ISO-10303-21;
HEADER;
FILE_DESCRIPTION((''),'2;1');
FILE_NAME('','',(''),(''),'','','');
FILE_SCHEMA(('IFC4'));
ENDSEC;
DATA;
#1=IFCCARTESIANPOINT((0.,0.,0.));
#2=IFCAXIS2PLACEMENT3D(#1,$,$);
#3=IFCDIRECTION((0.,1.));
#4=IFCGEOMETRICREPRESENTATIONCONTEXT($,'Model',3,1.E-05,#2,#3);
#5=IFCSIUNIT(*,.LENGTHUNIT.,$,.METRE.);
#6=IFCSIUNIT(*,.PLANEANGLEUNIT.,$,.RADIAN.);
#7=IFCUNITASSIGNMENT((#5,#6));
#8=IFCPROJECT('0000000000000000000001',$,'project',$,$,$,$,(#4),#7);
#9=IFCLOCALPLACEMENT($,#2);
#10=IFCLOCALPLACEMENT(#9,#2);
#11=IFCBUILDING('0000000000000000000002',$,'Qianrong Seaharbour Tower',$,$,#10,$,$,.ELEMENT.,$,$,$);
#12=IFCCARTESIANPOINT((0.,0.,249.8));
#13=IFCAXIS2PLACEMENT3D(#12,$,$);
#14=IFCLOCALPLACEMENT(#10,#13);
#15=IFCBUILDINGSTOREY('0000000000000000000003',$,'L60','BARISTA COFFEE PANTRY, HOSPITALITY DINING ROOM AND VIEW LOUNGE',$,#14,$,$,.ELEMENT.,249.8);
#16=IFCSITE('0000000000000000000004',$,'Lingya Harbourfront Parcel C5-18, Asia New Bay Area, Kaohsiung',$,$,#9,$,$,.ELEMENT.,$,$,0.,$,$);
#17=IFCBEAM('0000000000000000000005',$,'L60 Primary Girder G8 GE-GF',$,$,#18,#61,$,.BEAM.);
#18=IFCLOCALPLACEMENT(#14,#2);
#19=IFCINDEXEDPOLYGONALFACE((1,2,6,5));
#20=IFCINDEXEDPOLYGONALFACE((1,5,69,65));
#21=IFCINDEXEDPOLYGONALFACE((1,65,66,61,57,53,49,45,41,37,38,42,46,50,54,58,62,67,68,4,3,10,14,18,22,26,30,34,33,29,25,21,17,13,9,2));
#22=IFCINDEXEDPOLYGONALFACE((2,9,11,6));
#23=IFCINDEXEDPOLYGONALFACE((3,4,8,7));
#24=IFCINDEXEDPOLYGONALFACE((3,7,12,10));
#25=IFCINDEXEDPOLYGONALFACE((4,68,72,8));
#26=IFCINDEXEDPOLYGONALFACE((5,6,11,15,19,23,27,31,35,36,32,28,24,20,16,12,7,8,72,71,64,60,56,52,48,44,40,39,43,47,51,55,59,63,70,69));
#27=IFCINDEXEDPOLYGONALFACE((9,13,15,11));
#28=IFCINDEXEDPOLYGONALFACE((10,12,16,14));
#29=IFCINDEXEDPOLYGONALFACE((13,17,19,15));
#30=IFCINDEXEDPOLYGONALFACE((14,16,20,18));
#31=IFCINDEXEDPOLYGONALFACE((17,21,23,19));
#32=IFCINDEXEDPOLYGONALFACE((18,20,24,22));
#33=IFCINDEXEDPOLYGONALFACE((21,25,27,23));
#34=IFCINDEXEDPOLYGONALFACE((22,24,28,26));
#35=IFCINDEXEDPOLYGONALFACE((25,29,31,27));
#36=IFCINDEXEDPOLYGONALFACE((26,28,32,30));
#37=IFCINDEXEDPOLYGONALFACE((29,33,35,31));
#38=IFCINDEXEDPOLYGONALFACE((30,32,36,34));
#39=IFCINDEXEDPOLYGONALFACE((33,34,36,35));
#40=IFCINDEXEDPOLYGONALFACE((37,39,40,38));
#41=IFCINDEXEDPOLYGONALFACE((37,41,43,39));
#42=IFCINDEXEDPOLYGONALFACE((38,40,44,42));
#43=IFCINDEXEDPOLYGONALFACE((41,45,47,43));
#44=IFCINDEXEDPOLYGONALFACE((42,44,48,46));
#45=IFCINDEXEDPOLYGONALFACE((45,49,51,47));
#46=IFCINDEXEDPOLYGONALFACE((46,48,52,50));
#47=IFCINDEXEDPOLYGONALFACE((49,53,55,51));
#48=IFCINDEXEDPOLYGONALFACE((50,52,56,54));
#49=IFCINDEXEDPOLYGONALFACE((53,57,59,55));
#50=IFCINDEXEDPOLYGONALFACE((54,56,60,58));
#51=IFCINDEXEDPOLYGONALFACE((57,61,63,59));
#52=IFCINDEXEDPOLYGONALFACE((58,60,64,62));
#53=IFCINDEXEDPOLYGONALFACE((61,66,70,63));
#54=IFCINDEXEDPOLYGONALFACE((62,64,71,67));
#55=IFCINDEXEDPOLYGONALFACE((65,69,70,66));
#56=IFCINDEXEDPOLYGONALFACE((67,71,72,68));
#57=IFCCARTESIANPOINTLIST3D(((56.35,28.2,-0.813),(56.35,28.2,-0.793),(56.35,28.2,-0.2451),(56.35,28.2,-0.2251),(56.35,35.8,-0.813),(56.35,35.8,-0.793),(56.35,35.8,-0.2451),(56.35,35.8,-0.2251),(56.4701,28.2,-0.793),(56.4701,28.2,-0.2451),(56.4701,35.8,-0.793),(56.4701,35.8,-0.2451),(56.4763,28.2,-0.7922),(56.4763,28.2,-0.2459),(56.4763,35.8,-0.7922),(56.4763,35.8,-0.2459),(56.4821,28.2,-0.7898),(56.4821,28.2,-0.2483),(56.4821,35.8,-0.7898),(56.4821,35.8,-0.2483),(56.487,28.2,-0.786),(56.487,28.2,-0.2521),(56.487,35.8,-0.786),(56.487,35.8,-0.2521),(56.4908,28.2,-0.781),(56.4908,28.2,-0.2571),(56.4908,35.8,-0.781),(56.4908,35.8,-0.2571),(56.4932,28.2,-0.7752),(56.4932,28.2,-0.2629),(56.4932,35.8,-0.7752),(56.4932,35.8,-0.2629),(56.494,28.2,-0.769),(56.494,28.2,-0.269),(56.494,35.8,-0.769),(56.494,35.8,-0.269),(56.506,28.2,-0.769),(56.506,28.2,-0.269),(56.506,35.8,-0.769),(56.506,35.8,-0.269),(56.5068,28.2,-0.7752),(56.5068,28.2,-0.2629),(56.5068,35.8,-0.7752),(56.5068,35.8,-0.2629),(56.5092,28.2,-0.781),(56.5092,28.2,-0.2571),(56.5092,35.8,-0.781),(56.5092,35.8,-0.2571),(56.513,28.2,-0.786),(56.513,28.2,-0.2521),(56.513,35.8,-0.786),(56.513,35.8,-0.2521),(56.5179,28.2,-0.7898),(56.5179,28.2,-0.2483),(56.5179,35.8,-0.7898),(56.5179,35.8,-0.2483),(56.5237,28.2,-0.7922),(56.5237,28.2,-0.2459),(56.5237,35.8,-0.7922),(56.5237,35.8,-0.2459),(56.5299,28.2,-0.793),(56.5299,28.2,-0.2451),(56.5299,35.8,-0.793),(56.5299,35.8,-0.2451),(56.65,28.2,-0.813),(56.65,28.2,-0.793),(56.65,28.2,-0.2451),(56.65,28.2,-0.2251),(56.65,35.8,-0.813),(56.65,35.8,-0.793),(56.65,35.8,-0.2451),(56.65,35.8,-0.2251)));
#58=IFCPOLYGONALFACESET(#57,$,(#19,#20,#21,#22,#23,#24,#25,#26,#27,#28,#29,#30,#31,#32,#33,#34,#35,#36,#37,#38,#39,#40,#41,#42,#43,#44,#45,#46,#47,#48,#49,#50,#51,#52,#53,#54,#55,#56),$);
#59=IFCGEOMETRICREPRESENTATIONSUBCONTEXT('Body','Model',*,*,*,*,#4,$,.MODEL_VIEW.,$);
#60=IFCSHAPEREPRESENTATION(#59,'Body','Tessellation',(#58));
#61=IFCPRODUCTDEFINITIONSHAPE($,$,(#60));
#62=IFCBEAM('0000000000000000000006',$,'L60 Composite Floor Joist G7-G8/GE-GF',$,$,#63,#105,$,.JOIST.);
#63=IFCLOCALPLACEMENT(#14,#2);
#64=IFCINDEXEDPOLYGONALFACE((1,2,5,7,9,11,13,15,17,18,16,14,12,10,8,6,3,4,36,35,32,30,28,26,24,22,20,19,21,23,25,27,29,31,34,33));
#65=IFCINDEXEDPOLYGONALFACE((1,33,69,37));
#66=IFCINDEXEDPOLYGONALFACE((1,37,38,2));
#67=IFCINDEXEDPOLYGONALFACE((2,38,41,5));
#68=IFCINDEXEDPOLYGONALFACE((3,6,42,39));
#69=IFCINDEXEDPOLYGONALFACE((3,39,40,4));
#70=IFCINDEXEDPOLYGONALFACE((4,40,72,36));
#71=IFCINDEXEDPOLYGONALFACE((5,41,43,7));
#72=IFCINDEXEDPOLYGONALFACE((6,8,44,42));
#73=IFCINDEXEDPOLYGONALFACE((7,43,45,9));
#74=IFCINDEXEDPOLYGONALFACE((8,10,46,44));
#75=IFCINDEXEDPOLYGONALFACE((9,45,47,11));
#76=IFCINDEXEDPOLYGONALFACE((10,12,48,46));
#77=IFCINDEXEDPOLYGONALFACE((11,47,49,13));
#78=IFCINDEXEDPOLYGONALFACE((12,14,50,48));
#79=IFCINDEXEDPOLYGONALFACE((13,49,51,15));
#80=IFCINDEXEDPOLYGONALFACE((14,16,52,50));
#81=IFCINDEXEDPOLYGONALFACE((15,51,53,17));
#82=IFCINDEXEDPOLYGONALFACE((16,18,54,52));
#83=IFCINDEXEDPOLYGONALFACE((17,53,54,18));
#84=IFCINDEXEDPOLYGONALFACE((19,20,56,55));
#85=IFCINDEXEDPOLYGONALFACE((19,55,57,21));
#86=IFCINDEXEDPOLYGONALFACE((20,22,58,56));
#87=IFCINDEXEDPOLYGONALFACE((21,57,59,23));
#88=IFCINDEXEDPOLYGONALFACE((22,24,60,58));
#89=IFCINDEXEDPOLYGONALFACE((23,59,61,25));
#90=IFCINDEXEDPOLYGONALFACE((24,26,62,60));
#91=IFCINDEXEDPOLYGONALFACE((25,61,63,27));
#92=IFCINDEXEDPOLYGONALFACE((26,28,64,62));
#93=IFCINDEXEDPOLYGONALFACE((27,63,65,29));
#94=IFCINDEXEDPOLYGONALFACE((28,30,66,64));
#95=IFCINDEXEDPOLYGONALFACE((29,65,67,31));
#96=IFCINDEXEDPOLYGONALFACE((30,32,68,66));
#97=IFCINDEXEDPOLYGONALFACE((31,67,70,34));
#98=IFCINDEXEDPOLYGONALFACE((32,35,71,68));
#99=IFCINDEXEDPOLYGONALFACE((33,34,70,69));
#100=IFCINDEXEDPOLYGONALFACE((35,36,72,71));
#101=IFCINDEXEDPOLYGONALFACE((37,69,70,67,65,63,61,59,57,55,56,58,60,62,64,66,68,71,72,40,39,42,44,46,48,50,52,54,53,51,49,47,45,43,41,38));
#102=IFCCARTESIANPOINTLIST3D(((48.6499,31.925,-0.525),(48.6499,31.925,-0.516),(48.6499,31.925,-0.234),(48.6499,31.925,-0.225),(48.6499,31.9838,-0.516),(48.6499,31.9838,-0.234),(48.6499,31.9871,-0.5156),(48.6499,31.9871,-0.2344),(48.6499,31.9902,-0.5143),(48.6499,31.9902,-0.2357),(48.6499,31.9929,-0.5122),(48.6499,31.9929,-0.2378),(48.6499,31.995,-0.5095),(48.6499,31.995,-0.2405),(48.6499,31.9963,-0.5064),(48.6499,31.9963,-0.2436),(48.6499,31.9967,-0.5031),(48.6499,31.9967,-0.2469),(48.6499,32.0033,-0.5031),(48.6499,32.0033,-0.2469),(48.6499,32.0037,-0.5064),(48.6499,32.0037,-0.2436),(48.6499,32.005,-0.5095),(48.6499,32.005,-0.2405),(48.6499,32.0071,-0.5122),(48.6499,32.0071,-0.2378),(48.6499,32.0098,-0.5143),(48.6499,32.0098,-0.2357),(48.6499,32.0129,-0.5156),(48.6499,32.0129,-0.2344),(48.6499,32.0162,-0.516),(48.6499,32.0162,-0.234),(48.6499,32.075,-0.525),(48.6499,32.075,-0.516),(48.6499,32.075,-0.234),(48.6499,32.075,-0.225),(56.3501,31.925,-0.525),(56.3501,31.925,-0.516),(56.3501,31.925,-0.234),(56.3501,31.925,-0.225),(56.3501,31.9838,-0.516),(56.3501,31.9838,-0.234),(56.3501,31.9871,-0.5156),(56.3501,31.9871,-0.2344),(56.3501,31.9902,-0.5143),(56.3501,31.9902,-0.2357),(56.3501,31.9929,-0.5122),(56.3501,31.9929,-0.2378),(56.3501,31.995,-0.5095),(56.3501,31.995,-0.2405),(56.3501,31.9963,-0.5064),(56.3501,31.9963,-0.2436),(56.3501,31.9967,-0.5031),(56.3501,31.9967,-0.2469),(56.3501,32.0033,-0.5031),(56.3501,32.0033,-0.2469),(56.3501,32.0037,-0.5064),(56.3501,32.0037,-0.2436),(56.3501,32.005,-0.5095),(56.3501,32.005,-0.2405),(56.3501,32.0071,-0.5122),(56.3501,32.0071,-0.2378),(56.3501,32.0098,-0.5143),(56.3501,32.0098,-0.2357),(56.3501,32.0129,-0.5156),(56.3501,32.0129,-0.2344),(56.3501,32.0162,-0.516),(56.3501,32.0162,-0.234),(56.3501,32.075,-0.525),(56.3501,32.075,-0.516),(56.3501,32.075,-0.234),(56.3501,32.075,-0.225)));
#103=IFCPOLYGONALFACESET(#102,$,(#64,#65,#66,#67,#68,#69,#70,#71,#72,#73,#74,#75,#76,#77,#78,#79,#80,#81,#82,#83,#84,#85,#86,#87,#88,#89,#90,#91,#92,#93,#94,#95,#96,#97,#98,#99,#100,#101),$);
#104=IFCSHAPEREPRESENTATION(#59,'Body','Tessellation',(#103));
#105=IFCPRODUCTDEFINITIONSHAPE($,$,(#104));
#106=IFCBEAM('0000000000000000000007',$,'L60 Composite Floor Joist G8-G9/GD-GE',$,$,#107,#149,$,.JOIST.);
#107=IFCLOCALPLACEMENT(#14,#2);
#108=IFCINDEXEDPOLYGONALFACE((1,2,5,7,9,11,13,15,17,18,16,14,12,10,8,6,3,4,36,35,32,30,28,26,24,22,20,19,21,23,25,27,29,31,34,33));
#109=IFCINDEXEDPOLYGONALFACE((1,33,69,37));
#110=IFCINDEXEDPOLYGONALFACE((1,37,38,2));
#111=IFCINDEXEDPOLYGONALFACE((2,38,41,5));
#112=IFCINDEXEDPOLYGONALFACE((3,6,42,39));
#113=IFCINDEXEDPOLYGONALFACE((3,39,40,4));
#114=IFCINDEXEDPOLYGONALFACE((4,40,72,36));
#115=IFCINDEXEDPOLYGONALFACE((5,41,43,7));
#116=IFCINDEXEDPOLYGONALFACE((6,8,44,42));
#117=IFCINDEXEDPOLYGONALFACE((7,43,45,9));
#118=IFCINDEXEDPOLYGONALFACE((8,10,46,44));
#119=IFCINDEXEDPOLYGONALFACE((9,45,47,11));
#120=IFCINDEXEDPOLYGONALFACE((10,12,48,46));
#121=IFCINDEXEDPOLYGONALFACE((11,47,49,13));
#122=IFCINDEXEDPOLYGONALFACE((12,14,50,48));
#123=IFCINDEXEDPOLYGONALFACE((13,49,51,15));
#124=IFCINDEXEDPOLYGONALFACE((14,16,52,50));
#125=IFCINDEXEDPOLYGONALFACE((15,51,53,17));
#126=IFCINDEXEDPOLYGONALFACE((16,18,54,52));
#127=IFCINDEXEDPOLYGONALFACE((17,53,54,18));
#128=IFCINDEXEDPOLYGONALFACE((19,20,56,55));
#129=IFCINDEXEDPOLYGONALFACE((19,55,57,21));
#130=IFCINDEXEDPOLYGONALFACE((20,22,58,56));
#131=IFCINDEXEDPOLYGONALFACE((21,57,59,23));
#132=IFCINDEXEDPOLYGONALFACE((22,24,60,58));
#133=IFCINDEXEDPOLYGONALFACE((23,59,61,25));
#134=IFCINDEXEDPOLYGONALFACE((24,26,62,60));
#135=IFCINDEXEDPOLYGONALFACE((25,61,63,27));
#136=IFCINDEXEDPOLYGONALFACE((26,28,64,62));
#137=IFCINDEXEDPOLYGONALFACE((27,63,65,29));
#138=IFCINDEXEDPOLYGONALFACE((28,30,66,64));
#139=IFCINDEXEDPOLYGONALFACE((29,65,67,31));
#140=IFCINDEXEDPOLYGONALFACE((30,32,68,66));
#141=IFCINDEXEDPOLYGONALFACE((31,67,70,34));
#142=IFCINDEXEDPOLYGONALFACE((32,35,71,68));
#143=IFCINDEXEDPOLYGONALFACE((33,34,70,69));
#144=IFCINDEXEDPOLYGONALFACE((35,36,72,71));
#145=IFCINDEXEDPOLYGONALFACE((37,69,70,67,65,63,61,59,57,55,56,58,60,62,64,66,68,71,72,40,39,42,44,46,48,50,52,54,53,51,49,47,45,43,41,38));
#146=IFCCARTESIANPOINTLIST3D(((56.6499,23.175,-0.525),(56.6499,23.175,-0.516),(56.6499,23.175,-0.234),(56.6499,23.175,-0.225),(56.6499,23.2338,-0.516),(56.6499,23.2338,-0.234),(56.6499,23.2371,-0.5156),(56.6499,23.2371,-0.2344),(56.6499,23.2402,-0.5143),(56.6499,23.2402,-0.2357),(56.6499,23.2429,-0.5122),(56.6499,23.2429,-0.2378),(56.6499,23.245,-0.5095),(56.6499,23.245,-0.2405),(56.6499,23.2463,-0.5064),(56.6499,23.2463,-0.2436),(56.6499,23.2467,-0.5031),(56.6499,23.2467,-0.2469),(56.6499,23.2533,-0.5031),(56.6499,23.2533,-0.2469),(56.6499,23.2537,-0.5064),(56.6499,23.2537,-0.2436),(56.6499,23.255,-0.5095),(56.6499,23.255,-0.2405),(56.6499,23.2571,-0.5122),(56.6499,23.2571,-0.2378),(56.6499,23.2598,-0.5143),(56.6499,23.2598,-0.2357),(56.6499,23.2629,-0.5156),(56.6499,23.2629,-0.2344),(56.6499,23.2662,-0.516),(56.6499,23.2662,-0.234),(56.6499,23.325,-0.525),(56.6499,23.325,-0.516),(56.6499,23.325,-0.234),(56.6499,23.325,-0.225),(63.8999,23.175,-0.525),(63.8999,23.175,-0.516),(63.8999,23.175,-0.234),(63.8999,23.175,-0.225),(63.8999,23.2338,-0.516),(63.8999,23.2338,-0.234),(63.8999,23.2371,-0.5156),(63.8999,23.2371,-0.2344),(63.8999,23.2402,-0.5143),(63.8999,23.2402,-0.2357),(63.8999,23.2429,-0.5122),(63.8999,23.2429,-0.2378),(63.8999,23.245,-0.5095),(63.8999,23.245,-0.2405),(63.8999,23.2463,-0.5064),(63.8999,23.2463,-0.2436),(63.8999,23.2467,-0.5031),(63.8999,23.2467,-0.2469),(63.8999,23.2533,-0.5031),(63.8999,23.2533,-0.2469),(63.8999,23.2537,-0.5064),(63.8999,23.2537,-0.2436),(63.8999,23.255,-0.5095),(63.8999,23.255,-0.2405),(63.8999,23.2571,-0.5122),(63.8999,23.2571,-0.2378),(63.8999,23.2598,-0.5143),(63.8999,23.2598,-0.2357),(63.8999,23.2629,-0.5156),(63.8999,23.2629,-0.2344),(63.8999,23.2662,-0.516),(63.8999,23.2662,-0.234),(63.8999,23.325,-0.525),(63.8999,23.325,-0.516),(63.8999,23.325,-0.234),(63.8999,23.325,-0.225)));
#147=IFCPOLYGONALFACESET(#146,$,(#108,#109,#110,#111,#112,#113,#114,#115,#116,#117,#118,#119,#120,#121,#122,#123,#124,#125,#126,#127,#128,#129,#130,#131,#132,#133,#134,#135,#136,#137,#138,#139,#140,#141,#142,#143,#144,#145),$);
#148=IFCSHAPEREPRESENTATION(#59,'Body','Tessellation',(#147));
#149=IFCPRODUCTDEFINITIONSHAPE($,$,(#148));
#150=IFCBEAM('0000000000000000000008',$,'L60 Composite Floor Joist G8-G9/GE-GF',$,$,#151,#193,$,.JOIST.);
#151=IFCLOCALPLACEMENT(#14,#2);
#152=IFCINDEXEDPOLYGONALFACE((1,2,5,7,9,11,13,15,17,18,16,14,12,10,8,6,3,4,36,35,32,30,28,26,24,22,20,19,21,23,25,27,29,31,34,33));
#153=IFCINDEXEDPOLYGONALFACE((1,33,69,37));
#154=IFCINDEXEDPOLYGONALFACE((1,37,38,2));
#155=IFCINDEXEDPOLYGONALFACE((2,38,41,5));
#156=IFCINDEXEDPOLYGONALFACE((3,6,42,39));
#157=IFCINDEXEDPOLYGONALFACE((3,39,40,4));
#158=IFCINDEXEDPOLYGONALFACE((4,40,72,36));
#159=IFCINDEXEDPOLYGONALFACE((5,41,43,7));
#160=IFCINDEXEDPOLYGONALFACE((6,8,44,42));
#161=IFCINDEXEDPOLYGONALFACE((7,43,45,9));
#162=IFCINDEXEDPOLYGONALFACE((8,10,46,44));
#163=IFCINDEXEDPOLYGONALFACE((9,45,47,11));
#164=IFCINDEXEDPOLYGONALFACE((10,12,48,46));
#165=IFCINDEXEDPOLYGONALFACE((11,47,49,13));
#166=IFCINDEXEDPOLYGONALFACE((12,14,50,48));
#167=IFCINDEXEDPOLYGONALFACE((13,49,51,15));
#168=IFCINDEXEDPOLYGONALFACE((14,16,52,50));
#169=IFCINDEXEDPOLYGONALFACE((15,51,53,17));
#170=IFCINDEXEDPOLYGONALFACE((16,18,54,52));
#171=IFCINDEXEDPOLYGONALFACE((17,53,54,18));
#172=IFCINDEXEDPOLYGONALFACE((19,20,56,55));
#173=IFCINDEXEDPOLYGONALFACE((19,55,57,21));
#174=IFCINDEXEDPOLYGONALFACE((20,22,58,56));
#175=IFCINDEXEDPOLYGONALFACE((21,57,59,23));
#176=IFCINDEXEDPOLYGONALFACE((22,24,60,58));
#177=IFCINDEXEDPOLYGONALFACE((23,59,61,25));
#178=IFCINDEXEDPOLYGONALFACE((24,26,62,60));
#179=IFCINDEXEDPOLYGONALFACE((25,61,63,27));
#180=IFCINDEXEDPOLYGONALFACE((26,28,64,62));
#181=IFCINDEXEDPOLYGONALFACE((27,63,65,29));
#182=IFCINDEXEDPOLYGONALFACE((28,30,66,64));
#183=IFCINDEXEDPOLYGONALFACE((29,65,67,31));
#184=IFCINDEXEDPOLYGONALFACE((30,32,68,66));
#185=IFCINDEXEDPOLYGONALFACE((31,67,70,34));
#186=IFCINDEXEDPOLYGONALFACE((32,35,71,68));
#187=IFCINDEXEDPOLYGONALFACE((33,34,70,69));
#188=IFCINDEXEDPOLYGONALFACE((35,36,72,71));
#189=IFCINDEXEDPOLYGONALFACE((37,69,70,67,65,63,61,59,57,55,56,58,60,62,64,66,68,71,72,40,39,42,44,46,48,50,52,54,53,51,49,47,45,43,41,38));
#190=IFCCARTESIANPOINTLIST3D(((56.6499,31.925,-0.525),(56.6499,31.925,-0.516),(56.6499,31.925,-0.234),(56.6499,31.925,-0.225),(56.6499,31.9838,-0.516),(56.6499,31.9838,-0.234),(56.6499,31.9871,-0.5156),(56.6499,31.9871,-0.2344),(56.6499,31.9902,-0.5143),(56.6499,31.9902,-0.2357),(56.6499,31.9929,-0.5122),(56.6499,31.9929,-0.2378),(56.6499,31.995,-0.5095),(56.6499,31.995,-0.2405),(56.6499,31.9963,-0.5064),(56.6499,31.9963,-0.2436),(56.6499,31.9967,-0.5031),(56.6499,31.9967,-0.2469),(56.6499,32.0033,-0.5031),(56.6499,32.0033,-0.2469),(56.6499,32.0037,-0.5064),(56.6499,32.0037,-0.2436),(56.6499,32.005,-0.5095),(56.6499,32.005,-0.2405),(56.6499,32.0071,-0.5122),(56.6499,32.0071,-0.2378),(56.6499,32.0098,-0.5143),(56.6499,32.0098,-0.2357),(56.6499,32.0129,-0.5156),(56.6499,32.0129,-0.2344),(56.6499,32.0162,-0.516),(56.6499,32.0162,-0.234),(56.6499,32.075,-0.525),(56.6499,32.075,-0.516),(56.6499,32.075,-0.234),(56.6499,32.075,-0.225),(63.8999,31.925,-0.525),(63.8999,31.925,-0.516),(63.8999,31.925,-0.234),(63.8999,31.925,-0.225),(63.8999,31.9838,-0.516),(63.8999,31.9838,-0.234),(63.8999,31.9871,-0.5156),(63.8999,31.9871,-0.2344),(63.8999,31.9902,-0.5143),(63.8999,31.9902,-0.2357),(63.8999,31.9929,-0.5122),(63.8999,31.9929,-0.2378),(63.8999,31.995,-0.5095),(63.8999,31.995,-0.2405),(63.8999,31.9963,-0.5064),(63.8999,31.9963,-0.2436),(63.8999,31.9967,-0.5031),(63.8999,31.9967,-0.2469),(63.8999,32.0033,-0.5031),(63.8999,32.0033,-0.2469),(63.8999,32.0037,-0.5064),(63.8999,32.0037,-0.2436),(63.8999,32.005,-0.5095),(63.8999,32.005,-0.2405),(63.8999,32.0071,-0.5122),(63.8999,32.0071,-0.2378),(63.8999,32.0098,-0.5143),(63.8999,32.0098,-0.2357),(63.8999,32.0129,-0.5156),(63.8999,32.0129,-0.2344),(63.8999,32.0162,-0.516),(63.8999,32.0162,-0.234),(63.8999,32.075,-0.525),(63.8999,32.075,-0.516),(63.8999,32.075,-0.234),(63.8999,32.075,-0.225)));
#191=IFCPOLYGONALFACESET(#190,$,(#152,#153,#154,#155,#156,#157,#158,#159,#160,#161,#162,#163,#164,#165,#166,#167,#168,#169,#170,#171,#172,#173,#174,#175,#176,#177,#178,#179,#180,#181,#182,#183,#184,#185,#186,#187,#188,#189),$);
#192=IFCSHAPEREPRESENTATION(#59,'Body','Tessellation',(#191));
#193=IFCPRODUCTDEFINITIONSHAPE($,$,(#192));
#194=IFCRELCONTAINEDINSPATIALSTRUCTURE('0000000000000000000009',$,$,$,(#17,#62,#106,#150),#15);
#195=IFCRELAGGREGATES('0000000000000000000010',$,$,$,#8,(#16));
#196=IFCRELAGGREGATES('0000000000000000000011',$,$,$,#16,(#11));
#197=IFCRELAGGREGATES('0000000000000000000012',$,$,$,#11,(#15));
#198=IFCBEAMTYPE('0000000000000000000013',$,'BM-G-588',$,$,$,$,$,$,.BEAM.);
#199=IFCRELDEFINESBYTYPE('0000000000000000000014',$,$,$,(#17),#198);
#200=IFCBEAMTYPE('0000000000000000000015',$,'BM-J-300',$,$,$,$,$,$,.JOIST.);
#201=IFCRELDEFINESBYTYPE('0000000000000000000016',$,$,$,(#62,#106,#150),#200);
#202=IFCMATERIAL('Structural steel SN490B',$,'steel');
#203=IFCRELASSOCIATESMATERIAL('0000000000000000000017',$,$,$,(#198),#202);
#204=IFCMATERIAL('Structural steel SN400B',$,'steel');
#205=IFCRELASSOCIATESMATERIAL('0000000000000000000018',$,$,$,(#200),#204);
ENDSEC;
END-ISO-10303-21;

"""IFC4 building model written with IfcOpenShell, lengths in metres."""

from ifc_helpers import new_model, si_unit, direction, frame, origin, origin_2d, place, context, subcontext, project, spatial, i_section, extrude, material, material_profile, profile_set, type_object, element, save


model = new_model("IFC4")

# Units and contexts
model_context = context("Model", 3, precision=1e-05, world=origin(), true_north=direction((0.0, 1.0)))
body_context = subcontext(model_context, "Body", "Model", "MODEL_VIEW")
ifc_project = project(units=[si_unit("LENGTHUNIT", "METRE"), si_unit("PLANEANGLEUNIT", "RADIAN")], contexts=[model_context])

# Site, building, storey
site_placement = place(None, origin())
site = spatial("IfcSite", under=ifc_project, at=site_placement, Name="Lingya Harbourfront Parcel C5-18, Asia New Bay Area, Kaohsiung", CompositionType="ELEMENT", RefElevation=0.0)
building_placement = place(site_placement, origin())
building = spatial("IfcBuilding", under=site, at=building_placement, Name="Qianrong Seaharbour Tower", CompositionType="ELEMENT")
storey_placement = place(building_placement, frame((0.0, 0.0, 249.8)))
storey = spatial("IfcBuildingStorey", under=building, at=storey_placement, Name="L60", Description="BARISTA COFFEE PANTRY, HOSPITALITY DINING ROOM AND VIEW LOUNGE", CompositionType="ELEMENT", Elevation=249.8)

# Shared definitions
ifc_material_1 = material(Name="Structural steel SN490B", Category="steel")

# Beams
ifc_material_profile_1 = material_profile(ifc_material_1, i_section(OverallWidth=0.3, OverallDepth=0.5879, WebThickness=0.012, FlangeThickness=0.02, FilletRadius=0.0239, at=origin_2d()), Name="H588x300x12x20")
ifc_profile_set_1 = profile_set([ifc_material_profile_1], Name="Structural steel SN490B")
beam_type_1 = type_object("IfcBeamType", Name="BM-G-588", PredefinedType="BEAM", material=ifc_profile_set_1)
for number, where, z_axis, x_axis, name in (
    (1, (56.5, 28.2, -0.519), (0.0, 1.0, 0.0), (-1.0, 0.0, 0.0), "L60 Primary Girder G8 GE-GF"),
):
    element("IfcBeam", number, at=place(storey_placement, frame(where, z_axis=z_axis, x_axis=x_axis)), inside=storey, type_object=beam_type_1, Name=name, PredefinedType="BEAM", context=body_context, shape_type="SweptSolid", body=[
        extrude(i_section(OverallWidth=0.3, OverallDepth=0.5879, WebThickness=0.012, FlangeThickness=0.02, FilletRadius=0.0239, at=origin_2d()), origin(), (0.0, 0.0, 1.0), 7.6001),
    ])
ifc_material_2 = material(Name="Structural steel SN400B", Category="steel")
ifc_material_profile_2 = material_profile(ifc_material_2, i_section(OverallWidth=0.1499, OverallDepth=0.3, WebThickness=0.0066, FlangeThickness=0.009, FilletRadius=0.0129, at=origin_2d()), Name="H300x150x6.5x9")
ifc_profile_set_2 = profile_set([ifc_material_profile_2], Name="Structural steel SN400B")
beam_type_2 = type_object("IfcBeamType", Name="BM-J-300", PredefinedType="JOIST", material=ifc_profile_set_2)
beam_1_placement = place(storey_placement, frame((48.6499, 32.0, -0.375), z_axis=(1.0, 0.0, 0.0), x_axis=(0.0, 1.0, 0.0)))
element("IfcBeam", 2, at=beam_1_placement, inside=storey, type_object=beam_type_2, Name="L60 Composite Floor Joist G7-G8/GE-GF", PredefinedType="JOIST", context=body_context, shape_type="SweptSolid", body=[
    extrude(i_section(OverallWidth=0.1499, OverallDepth=0.3, WebThickness=0.0066, FlangeThickness=0.009, FilletRadius=0.0129, at=origin_2d()), origin(), (0.0, 0.0, 1.0), 7.7002),
])
for number, where, z_axis, x_axis, name in (
    (3, (56.6499, 23.25, -0.375), (1.0, 0.0, 0.0), (0.0, 1.0, 0.0), "L60 Composite Floor Joist G8-G9/GD-GE"),
    (4, (56.6499, 32.0, -0.375), (1.0, 0.0, 0.0), (0.0, 1.0, 0.0), "L60 Composite Floor Joist G8-G9/GE-GF"),
):
    element("IfcBeam", number, at=place(storey_placement, frame(where, z_axis=z_axis, x_axis=x_axis)), inside=storey, type_object=beam_type_2, Name=name, PredefinedType="JOIST", context=body_context, shape_type="SweptSolid", body=[
        extrude(i_section(OverallWidth=0.1499, OverallDepth=0.3, WebThickness=0.0066, FlangeThickness=0.009, FilletRadius=0.0129, at=origin_2d()), origin(), (0.0, 0.0, 1.0), 7.25),
    ])

save(model, "model.ifc")
